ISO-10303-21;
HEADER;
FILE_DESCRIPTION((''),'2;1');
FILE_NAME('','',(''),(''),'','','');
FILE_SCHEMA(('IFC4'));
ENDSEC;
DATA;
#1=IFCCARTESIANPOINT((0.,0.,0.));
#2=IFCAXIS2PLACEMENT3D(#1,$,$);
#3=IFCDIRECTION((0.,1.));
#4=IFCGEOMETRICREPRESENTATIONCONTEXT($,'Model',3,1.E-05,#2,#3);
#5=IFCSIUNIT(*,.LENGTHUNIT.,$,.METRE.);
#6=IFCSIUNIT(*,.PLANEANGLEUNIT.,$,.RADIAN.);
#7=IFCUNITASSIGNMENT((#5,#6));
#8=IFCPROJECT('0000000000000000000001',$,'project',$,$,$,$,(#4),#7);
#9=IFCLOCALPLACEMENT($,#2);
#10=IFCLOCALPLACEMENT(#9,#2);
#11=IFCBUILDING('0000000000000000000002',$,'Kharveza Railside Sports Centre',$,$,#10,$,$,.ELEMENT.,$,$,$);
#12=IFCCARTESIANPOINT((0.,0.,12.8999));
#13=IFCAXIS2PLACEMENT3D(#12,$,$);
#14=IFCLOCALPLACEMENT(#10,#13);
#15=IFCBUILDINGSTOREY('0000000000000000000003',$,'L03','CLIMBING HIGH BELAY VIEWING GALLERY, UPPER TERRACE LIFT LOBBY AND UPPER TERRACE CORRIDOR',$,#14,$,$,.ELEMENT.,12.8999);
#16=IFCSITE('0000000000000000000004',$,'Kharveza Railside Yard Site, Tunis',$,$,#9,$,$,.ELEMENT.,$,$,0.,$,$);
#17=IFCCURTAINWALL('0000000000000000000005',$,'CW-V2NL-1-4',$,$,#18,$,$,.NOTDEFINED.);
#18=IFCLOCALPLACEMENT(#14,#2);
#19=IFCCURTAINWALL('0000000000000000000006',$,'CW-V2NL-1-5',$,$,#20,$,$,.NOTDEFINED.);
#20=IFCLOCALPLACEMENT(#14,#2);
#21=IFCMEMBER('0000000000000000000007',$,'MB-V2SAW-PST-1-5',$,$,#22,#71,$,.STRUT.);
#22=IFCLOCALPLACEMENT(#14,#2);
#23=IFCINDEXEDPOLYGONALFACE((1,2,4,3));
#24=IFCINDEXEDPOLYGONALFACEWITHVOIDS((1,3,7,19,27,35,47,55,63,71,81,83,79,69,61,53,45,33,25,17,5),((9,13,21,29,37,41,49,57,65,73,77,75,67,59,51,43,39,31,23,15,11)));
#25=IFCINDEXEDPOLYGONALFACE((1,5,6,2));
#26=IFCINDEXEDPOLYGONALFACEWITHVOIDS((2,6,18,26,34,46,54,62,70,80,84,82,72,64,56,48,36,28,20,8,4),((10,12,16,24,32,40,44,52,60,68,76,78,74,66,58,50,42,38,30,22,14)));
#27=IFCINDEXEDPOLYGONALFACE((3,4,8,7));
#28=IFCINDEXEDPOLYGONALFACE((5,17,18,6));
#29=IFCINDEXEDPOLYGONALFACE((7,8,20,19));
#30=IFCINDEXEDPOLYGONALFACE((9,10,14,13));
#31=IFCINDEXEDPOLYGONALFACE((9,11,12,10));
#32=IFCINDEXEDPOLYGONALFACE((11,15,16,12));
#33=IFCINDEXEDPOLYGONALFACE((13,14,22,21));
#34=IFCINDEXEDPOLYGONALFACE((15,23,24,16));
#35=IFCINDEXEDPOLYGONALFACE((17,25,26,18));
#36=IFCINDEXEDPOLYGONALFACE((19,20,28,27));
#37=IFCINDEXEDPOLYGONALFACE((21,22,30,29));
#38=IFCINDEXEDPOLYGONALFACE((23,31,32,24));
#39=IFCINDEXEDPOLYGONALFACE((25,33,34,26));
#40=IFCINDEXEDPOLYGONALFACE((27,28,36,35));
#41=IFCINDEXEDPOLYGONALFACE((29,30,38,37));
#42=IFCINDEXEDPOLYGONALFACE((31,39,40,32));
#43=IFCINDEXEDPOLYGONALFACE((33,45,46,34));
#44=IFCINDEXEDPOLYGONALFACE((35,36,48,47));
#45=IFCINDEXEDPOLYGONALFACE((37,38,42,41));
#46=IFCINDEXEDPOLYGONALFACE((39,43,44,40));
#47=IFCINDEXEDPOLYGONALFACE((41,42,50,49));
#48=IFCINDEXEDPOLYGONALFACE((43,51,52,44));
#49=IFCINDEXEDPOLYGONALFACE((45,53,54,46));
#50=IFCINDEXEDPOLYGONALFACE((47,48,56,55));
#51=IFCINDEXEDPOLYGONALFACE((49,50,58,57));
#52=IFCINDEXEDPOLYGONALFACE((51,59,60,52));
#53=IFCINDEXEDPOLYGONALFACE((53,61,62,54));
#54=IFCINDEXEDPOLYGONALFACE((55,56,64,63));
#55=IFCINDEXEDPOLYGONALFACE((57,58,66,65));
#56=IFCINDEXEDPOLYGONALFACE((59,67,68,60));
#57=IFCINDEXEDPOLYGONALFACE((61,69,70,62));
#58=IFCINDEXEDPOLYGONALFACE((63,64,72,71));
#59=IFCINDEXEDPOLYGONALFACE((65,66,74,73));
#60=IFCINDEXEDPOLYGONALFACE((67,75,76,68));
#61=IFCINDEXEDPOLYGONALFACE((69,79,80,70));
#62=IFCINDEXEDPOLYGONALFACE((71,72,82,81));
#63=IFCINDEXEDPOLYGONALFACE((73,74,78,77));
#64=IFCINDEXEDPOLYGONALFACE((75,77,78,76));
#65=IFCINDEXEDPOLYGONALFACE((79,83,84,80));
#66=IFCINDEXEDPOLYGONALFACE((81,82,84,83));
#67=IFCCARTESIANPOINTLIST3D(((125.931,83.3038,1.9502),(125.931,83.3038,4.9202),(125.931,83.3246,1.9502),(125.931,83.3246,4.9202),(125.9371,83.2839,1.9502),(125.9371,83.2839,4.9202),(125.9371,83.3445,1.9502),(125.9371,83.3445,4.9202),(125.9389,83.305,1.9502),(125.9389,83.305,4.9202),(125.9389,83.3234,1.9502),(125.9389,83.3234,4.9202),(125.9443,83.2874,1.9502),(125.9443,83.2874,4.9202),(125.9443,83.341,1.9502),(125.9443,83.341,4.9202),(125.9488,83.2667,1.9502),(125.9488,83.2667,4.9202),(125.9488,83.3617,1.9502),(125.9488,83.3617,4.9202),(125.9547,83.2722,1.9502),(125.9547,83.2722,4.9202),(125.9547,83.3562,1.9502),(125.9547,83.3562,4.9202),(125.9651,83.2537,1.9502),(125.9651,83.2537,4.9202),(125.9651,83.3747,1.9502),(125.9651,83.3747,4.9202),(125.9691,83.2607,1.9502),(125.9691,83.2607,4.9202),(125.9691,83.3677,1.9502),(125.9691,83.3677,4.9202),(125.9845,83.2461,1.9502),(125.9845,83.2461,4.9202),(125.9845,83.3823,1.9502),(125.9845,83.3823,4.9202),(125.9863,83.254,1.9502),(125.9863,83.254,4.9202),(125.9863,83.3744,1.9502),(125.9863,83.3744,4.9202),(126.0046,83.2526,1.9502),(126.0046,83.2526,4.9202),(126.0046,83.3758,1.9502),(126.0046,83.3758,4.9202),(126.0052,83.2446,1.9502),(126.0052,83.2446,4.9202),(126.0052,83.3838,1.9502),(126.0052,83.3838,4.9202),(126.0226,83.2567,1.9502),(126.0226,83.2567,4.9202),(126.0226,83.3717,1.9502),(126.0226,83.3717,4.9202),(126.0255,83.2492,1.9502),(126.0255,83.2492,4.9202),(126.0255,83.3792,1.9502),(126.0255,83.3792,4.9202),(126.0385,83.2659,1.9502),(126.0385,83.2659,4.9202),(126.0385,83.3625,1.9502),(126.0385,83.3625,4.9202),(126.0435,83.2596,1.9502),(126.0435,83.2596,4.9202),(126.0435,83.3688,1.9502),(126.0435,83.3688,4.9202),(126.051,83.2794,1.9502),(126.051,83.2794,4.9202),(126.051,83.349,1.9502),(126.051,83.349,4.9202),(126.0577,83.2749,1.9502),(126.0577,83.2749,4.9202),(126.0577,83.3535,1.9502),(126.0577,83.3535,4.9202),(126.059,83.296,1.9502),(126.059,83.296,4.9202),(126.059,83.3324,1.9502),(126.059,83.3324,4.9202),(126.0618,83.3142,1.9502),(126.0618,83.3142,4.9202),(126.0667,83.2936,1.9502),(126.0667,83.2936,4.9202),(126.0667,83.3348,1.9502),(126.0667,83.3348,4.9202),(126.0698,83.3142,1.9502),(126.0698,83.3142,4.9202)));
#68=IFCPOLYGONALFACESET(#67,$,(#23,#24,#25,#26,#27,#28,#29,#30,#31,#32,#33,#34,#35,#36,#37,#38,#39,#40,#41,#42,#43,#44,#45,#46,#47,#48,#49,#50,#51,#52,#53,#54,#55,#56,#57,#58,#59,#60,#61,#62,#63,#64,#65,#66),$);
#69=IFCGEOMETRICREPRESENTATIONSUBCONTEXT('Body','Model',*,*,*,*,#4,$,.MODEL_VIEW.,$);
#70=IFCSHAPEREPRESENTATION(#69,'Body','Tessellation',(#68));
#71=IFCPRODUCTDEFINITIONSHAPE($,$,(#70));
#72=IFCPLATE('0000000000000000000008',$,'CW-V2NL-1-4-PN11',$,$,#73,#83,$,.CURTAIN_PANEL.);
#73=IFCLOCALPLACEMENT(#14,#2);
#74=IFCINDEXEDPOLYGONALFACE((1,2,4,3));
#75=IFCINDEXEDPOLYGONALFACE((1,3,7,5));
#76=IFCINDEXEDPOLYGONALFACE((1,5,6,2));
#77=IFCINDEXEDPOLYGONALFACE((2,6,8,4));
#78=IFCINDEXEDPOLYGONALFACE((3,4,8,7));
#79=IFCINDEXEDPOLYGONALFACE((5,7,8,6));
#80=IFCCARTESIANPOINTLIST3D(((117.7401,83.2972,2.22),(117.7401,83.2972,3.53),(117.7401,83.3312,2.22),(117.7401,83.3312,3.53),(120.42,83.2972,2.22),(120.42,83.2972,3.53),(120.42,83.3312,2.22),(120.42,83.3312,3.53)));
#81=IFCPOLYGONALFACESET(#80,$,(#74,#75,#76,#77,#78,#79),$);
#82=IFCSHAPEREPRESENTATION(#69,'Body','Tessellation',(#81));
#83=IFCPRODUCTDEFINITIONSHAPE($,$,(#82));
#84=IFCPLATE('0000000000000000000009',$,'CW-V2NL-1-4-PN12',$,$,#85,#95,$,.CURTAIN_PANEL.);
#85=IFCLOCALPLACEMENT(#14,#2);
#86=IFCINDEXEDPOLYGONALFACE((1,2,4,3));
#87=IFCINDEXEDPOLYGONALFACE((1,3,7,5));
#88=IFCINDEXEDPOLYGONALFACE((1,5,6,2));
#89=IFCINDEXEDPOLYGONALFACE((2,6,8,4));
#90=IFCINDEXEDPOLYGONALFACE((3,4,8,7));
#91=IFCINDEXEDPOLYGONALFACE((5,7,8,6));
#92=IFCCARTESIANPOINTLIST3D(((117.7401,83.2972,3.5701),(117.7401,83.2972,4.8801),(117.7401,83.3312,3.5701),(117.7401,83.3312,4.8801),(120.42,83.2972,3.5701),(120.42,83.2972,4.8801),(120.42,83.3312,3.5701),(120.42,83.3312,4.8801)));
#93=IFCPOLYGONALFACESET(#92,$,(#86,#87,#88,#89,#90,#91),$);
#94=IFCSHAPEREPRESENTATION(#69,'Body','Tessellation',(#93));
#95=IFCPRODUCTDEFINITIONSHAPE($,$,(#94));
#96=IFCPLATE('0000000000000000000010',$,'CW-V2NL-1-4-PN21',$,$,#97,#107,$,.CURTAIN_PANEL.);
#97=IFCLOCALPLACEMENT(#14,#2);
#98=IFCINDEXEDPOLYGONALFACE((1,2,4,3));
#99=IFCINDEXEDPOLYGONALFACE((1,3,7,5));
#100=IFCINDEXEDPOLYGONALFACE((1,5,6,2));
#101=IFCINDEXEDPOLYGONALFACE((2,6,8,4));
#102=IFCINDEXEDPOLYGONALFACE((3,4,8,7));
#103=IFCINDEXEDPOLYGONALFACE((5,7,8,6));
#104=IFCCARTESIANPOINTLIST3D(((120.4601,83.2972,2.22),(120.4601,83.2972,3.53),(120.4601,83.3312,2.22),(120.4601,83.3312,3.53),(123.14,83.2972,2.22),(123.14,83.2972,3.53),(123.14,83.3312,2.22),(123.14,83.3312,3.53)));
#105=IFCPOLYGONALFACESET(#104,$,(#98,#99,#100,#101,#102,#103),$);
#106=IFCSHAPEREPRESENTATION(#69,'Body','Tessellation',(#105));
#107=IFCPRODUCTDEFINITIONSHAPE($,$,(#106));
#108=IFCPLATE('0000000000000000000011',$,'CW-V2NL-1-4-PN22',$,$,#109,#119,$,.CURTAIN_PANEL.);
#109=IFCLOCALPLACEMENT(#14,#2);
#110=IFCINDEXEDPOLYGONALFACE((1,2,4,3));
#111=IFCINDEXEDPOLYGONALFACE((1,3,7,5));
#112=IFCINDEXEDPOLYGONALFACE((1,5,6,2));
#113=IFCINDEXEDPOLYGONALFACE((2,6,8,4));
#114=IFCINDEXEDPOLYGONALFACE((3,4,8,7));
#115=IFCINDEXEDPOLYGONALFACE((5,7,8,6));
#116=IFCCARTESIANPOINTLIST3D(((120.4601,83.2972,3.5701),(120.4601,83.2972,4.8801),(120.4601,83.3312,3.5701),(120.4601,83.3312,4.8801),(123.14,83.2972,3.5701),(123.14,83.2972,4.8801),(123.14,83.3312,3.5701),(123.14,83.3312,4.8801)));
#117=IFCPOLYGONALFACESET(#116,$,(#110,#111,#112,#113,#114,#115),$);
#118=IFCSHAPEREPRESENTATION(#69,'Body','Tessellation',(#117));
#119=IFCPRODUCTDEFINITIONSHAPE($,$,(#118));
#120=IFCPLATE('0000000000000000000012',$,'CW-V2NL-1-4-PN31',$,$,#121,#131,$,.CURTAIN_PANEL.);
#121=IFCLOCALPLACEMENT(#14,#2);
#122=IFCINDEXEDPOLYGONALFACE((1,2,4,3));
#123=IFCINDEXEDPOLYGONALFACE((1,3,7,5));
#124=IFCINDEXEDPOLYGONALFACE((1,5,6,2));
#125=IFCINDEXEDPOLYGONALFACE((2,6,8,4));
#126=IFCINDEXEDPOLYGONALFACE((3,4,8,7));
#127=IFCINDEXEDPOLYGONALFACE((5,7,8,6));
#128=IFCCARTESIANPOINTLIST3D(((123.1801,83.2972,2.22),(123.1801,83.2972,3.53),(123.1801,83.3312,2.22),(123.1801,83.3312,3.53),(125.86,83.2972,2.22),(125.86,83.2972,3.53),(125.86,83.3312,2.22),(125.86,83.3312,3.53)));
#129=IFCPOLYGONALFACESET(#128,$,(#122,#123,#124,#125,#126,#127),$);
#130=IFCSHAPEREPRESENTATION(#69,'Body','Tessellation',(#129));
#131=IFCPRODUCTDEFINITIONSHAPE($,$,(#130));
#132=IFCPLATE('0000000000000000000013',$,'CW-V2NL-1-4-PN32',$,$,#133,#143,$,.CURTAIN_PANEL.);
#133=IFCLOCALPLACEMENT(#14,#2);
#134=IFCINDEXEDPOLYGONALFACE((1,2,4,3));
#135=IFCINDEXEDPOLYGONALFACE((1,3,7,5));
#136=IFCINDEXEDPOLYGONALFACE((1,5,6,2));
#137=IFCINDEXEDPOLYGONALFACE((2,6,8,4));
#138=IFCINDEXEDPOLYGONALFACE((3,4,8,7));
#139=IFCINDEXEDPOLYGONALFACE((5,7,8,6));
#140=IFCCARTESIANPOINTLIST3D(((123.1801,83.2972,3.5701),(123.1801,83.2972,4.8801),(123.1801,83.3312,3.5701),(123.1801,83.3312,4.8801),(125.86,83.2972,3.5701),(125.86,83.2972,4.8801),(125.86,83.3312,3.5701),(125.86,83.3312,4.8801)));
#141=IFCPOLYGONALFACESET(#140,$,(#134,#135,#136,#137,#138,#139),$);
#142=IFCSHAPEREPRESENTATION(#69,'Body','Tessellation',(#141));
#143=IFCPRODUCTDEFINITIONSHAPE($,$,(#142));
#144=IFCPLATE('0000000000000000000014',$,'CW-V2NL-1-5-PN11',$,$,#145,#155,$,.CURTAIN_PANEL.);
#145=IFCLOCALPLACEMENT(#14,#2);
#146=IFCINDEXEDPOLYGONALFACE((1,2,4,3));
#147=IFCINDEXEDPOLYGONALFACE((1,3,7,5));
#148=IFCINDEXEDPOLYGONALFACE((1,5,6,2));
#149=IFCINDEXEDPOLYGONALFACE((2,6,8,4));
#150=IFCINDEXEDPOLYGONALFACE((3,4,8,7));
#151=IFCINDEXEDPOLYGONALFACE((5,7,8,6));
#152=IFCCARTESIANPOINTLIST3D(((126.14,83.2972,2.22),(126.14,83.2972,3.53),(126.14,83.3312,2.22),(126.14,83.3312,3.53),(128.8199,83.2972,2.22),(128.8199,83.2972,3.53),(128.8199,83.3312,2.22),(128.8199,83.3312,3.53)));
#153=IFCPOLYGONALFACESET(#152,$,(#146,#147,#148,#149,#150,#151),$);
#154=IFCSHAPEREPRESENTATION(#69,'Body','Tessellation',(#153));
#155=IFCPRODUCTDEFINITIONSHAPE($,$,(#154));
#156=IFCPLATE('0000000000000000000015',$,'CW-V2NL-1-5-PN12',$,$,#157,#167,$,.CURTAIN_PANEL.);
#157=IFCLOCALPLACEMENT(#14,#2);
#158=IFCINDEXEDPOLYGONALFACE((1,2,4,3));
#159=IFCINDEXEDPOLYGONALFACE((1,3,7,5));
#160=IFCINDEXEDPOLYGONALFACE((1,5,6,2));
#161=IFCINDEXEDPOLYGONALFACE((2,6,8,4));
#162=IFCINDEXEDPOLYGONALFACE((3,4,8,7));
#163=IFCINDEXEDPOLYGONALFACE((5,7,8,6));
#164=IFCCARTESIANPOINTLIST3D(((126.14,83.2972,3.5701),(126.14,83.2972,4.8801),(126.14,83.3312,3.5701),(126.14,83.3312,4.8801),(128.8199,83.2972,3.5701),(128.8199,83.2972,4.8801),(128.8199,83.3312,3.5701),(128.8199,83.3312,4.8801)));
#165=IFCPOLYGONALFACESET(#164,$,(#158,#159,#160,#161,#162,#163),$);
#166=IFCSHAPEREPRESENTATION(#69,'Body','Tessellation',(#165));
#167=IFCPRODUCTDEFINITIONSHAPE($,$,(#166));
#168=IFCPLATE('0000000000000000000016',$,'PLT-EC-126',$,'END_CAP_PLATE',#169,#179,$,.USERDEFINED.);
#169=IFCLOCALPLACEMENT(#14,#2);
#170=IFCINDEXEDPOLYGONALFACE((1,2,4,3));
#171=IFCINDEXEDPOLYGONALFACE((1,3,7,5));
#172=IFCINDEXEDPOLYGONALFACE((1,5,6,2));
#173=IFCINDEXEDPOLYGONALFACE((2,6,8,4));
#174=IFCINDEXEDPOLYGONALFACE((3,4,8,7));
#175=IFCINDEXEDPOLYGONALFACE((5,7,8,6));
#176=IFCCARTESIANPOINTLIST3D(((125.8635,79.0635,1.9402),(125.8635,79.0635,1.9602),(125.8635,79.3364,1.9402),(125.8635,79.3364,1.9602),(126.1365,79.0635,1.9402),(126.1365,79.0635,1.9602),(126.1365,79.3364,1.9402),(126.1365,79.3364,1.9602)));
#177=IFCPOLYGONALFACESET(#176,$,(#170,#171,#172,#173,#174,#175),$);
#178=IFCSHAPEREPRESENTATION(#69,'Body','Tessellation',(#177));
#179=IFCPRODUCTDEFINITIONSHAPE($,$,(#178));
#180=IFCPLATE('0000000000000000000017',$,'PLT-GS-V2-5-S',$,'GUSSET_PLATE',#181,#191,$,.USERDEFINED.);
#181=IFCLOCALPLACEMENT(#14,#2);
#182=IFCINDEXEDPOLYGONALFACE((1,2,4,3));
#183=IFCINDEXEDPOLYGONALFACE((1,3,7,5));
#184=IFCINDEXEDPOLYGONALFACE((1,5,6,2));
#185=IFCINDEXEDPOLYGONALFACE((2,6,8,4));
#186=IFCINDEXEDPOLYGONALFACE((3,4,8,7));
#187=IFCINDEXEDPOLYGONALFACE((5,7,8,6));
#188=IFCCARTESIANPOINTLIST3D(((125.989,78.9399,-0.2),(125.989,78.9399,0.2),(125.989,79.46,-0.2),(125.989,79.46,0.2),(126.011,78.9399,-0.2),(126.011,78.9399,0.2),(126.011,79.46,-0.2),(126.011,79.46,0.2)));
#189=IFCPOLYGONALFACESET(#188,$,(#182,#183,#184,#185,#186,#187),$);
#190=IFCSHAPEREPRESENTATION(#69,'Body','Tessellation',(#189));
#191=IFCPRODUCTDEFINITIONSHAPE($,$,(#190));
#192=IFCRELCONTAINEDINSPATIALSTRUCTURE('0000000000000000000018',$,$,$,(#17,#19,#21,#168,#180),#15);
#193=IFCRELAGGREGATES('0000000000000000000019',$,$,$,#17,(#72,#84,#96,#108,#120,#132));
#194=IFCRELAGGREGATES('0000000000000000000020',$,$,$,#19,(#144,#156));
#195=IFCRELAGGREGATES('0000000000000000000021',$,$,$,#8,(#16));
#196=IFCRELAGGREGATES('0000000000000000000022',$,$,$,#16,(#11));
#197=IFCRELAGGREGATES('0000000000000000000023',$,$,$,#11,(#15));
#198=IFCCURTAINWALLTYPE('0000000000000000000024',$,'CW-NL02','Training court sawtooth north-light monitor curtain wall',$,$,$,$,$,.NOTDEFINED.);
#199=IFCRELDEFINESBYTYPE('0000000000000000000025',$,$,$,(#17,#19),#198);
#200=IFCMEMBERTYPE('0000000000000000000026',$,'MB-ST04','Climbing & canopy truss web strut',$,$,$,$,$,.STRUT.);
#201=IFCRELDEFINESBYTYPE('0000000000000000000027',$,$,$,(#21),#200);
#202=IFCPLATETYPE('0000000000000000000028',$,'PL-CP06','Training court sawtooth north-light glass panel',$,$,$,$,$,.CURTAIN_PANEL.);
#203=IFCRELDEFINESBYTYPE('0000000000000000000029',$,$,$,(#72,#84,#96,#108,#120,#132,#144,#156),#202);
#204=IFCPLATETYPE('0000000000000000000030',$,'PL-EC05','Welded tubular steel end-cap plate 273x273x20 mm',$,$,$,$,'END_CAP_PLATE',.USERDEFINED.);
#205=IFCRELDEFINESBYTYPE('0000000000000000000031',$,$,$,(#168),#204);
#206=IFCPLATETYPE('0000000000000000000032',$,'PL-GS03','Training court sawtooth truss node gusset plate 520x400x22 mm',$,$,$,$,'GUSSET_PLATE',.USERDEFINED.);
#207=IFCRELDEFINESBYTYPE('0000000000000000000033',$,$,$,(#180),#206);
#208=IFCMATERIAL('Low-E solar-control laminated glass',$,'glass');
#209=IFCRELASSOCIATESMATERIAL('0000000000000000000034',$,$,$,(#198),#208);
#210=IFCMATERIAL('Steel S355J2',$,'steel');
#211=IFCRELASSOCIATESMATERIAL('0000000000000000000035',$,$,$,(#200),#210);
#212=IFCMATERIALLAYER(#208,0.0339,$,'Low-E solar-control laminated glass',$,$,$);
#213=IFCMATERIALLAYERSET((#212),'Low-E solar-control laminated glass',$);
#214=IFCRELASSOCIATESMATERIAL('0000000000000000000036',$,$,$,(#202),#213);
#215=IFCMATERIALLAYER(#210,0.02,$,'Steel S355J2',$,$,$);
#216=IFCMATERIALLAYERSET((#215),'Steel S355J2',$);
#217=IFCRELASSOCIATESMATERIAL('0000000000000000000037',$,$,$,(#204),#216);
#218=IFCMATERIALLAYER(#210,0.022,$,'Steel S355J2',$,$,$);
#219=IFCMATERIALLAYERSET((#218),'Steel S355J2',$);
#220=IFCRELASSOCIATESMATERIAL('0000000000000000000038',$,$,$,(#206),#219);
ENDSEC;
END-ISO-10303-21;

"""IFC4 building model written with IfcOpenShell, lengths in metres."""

from ifc_helpers import new_model, si_unit, direction, frame, origin, origin_2d, place, context, subcontext, project, spatial, rectangle, hollow_circle, extrude, material, layer, layer_set, material_profile, profile_set, type_object, element, aggregate, save


model = new_model("IFC4")

# Units and contexts
model_context = context("Model", 3, precision=1e-05, world=origin(), true_north=direction((0.0, 1.0)))
body_context = subcontext(model_context, "Body", "Model", "MODEL_VIEW")
ifc_project = project(units=[si_unit("LENGTHUNIT", "METRE"), si_unit("PLANEANGLEUNIT", "RADIAN")], contexts=[model_context])

# Site, building, storey
site_placement = place(None, origin())
site = spatial("IfcSite", under=ifc_project, at=site_placement, Name="Kharveza Railside Yard Site, Tunis", CompositionType="ELEMENT", RefElevation=0.0)
building_placement = place(site_placement, origin())
building = spatial("IfcBuilding", under=site, at=building_placement, Name="Kharveza Railside Sports Centre", CompositionType="ELEMENT")
storey_placement = place(building_placement, frame((0.0, 0.0, 12.8999)))
storey = spatial("IfcBuildingStorey", under=building, at=storey_placement, Name="L03", Description="CLIMBING HIGH BELAY VIEWING GALLERY, UPPER TERRACE LIFT LOBBY AND UPPER TERRACE CORRIDOR", CompositionType="ELEMENT", Elevation=12.8999)

# Shared definitions
ifc_material_1 = material(Name="Steel S355J2", Category="steel")

# Curtain walls
ifc_material_2 = material(Name="Low-E solar-control laminated glass", Category="glass")
curtain_wall_type = type_object("IfcCurtainWallType", Name="CW-NL02", Description="Training court sawtooth north-light monitor curtain wall", PredefinedType="NOTDEFINED", material=ifc_material_2)
curtain_wall_1_placement = place(storey_placement, origin())
curtain_wall_1 = element("IfcCurtainWall", 1, at=curtain_wall_1_placement, inside=storey, type_object=curtain_wall_type, Name="CW-V2NL-1-4", PredefinedType="NOTDEFINED")
curtain_wall_2_placement = place(storey_placement, origin())
curtain_wall_2 = element("IfcCurtainWall", 2, at=curtain_wall_2_placement, inside=storey, type_object=curtain_wall_type, Name="CW-V2NL-1-5", PredefinedType="NOTDEFINED")

# Member
ifc_material_profile_1 = material_profile(ifc_material_1, hollow_circle(Radius=0.0698, WallThickness=0.0081, at=origin_2d()), Name="CHS 139.7x8.0")
ifc_profile_set_1 = profile_set([ifc_material_profile_1], Name="Steel S355J2")
member_type_1 = type_object("IfcMemberType", Name="MB-ST04", Description="Climbing & canopy truss web strut", PredefinedType="STRUT", material=ifc_profile_set_1)
member_1_placement = place(storey_placement, frame((126.0, 83.3142, 1.9502), z_axis=(0.0, 0.0, 1.0), x_axis=(1.0, 0.0, 0.0)))
element("IfcMember", 3, at=member_1_placement, inside=storey, type_object=member_type_1, Name="MB-V2SAW-PST-1-5", PredefinedType="STRUT", context=body_context, shape_type="SweptSolid", body=[
    extrude(hollow_circle(Radius=0.0698, WallThickness=0.0081, at=origin_2d()), origin(), (0.0, 0.0, 1.0), 2.97),
])

# Plates
ifc_layer_1 = layer(ifc_material_2, 0.0339, Name="Low-E solar-control laminated glass")
ifc_layer_set_1 = layer_set([ifc_layer_1], Name="Low-E solar-control laminated glass")
plate_type_1 = type_object("IfcPlateType", Name="PL-CP06", Description="Training court sawtooth north-light glass panel", PredefinedType="CURTAIN_PANEL", material=ifc_layer_set_1)
plate_1_placement = place(storey_placement, frame((119.0801, 83.3142, 2.22), z_axis=(0.0, 0.0, 1.0), x_axis=(1.0, 0.0, 0.0)))
plate_1 = element("IfcPlate", 4, at=plate_1_placement, type_object=plate_type_1, Name="CW-V2NL-1-4-PN11", PredefinedType="CURTAIN_PANEL", context=body_context, shape_type="SweptSolid", body=[
    extrude(rectangle(XDim=2.6799, YDim=0.0339, at=origin_2d()), origin(), (0.0, 0.0, 1.0), 1.3101),
])
plate_2_placement = place(storey_placement, frame((119.0801, 83.3142, 3.5701), z_axis=(0.0, 0.0, 1.0), x_axis=(1.0, 0.0, 0.0)))
plate_2 = element("IfcPlate", 5, at=plate_2_placement, type_object=plate_type_1, Name="CW-V2NL-1-4-PN12", PredefinedType="CURTAIN_PANEL", context=body_context, shape_type="SweptSolid", body=[
    extrude(rectangle(XDim=2.6799, YDim=0.0339, at=origin_2d()), origin(), (0.0, 0.0, 1.0), 1.3101),
])
plate_3_placement = place(storey_placement, frame((121.8, 83.3142, 2.22), z_axis=(0.0, 0.0, 1.0), x_axis=(1.0, 0.0, 0.0)))
plate_3 = element("IfcPlate", 6, at=plate_3_placement, type_object=plate_type_1, Name="CW-V2NL-1-4-PN21", PredefinedType="CURTAIN_PANEL", context=body_context, shape_type="SweptSolid", body=[
    extrude(rectangle(XDim=2.6799, YDim=0.0339, at=origin_2d()), origin(), (0.0, 0.0, 1.0), 1.3101),
])
plate_4_placement = place(storey_placement, frame((121.8, 83.3142, 3.5701), z_axis=(0.0, 0.0, 1.0), x_axis=(1.0, 0.0, 0.0)))
plate_4 = element("IfcPlate", 7, at=plate_4_placement, type_object=plate_type_1, Name="CW-V2NL-1-4-PN22", PredefinedType="CURTAIN_PANEL", context=body_context, shape_type="SweptSolid", body=[
    extrude(rectangle(XDim=2.6799, YDim=0.0339, at=origin_2d()), origin(), (0.0, 0.0, 1.0), 1.3101),
])
plate_5_placement = place(storey_placement, frame((124.52, 83.3142, 2.22), z_axis=(0.0, 0.0, 1.0), x_axis=(1.0, 0.0, 0.0)))
plate_5 = element("IfcPlate", 8, at=plate_5_placement, type_object=plate_type_1, Name="CW-V2NL-1-4-PN31", PredefinedType="CURTAIN_PANEL", context=body_context, shape_type="SweptSolid", body=[
    extrude(rectangle(XDim=2.6799, YDim=0.0339, at=origin_2d()), origin(), (0.0, 0.0, 1.0), 1.3101),
])
plate_6_placement = place(storey_placement, frame((124.52, 83.3142, 3.5701), z_axis=(0.0, 0.0, 1.0), x_axis=(1.0, 0.0, 0.0)))
plate_6 = element("IfcPlate", 9, at=plate_6_placement, type_object=plate_type_1, Name="CW-V2NL-1-4-PN32", PredefinedType="CURTAIN_PANEL", context=body_context, shape_type="SweptSolid", body=[
    extrude(rectangle(XDim=2.6799, YDim=0.0339, at=origin_2d()), origin(), (0.0, 0.0, 1.0), 1.3101),
])
aggregate(curtain_wall_1, [plate_1, plate_2, plate_3, plate_4, plate_5, plate_6])
plate_7_placement = place(storey_placement, frame((127.48, 83.3142, 2.22), z_axis=(0.0, 0.0, 1.0), x_axis=(1.0, 0.0, 0.0)))
plate_7 = element("IfcPlate", 10, at=plate_7_placement, type_object=plate_type_1, Name="CW-V2NL-1-5-PN11", PredefinedType="CURTAIN_PANEL", context=body_context, shape_type="SweptSolid", body=[
    extrude(rectangle(XDim=2.6799, YDim=0.0339, at=origin_2d()), origin(), (0.0, 0.0, 1.0), 1.3101),
])
plate_8_placement = place(storey_placement, frame((127.48, 83.3142, 3.5701), z_axis=(0.0, 0.0, 1.0), x_axis=(1.0, 0.0, 0.0)))
plate_8 = element("IfcPlate", 11, at=plate_8_placement, type_object=plate_type_1, Name="CW-V2NL-1-5-PN12", PredefinedType="CURTAIN_PANEL", context=body_context, shape_type="SweptSolid", body=[
    extrude(rectangle(XDim=2.6799, YDim=0.0339, at=origin_2d()), origin(), (0.0, 0.0, 1.0), 1.3101),
])
aggregate(curtain_wall_2, [plate_7, plate_8])

# Plates
ifc_layer_2 = layer(ifc_material_1, 0.02, Name="Steel S355J2")
ifc_layer_set_2 = layer_set([ifc_layer_2], Name="Steel S355J2")
plate_type_2 = type_object("IfcPlateType", Name="PL-EC05", Description="Welded tubular steel end-cap plate 273x273x20 mm", ElementType="END_CAP_PLATE", PredefinedType="USERDEFINED", material=ifc_layer_set_2)
plate_9_placement = place(storey_placement, frame((126.0, 79.2, 1.9402), z_axis=(0.0, 0.0, 1.0), x_axis=(1.0, 0.0, 0.0)))
element("IfcPlate", 12, at=plate_9_placement, inside=storey, type_object=plate_type_2, Name="PLT-EC-126", ObjectType="END_CAP_PLATE", PredefinedType="USERDEFINED", context=body_context, shape_type="SweptSolid", body=[
    extrude(rectangle(XDim=0.2729, YDim=0.2729, at=origin_2d()), origin(), (0.0, 0.0, 1.0), 0.02),
])
ifc_layer_3 = layer(ifc_material_1, 0.022, Name="Steel S355J2")
ifc_layer_set_3 = layer_set([ifc_layer_3], Name="Steel S355J2")
plate_type_3 = type_object("IfcPlateType", Name="PL-GS03", Description="Training court sawtooth truss node gusset plate 520x400x22 mm", ElementType="GUSSET_PLATE", PredefinedType="USERDEFINED", material=ifc_layer_set_3)
plate_10_placement = place(storey_placement, frame((126.0, 79.2, -0.2), z_axis=(0.0, 0.0, 1.0), x_axis=(1.0, 0.0, 0.0)))
element("IfcPlate", 13, at=plate_10_placement, inside=storey, type_object=plate_type_3, Name="PLT-GS-V2-5-S", ObjectType="GUSSET_PLATE", PredefinedType="USERDEFINED", context=body_context, shape_type="SweptSolid", body=[
    extrude(rectangle(XDim=0.022, YDim=0.52, at=origin_2d()), origin(), (0.0, 0.0, 1.0), 0.3999),
])

save(model, "model.ifc")
